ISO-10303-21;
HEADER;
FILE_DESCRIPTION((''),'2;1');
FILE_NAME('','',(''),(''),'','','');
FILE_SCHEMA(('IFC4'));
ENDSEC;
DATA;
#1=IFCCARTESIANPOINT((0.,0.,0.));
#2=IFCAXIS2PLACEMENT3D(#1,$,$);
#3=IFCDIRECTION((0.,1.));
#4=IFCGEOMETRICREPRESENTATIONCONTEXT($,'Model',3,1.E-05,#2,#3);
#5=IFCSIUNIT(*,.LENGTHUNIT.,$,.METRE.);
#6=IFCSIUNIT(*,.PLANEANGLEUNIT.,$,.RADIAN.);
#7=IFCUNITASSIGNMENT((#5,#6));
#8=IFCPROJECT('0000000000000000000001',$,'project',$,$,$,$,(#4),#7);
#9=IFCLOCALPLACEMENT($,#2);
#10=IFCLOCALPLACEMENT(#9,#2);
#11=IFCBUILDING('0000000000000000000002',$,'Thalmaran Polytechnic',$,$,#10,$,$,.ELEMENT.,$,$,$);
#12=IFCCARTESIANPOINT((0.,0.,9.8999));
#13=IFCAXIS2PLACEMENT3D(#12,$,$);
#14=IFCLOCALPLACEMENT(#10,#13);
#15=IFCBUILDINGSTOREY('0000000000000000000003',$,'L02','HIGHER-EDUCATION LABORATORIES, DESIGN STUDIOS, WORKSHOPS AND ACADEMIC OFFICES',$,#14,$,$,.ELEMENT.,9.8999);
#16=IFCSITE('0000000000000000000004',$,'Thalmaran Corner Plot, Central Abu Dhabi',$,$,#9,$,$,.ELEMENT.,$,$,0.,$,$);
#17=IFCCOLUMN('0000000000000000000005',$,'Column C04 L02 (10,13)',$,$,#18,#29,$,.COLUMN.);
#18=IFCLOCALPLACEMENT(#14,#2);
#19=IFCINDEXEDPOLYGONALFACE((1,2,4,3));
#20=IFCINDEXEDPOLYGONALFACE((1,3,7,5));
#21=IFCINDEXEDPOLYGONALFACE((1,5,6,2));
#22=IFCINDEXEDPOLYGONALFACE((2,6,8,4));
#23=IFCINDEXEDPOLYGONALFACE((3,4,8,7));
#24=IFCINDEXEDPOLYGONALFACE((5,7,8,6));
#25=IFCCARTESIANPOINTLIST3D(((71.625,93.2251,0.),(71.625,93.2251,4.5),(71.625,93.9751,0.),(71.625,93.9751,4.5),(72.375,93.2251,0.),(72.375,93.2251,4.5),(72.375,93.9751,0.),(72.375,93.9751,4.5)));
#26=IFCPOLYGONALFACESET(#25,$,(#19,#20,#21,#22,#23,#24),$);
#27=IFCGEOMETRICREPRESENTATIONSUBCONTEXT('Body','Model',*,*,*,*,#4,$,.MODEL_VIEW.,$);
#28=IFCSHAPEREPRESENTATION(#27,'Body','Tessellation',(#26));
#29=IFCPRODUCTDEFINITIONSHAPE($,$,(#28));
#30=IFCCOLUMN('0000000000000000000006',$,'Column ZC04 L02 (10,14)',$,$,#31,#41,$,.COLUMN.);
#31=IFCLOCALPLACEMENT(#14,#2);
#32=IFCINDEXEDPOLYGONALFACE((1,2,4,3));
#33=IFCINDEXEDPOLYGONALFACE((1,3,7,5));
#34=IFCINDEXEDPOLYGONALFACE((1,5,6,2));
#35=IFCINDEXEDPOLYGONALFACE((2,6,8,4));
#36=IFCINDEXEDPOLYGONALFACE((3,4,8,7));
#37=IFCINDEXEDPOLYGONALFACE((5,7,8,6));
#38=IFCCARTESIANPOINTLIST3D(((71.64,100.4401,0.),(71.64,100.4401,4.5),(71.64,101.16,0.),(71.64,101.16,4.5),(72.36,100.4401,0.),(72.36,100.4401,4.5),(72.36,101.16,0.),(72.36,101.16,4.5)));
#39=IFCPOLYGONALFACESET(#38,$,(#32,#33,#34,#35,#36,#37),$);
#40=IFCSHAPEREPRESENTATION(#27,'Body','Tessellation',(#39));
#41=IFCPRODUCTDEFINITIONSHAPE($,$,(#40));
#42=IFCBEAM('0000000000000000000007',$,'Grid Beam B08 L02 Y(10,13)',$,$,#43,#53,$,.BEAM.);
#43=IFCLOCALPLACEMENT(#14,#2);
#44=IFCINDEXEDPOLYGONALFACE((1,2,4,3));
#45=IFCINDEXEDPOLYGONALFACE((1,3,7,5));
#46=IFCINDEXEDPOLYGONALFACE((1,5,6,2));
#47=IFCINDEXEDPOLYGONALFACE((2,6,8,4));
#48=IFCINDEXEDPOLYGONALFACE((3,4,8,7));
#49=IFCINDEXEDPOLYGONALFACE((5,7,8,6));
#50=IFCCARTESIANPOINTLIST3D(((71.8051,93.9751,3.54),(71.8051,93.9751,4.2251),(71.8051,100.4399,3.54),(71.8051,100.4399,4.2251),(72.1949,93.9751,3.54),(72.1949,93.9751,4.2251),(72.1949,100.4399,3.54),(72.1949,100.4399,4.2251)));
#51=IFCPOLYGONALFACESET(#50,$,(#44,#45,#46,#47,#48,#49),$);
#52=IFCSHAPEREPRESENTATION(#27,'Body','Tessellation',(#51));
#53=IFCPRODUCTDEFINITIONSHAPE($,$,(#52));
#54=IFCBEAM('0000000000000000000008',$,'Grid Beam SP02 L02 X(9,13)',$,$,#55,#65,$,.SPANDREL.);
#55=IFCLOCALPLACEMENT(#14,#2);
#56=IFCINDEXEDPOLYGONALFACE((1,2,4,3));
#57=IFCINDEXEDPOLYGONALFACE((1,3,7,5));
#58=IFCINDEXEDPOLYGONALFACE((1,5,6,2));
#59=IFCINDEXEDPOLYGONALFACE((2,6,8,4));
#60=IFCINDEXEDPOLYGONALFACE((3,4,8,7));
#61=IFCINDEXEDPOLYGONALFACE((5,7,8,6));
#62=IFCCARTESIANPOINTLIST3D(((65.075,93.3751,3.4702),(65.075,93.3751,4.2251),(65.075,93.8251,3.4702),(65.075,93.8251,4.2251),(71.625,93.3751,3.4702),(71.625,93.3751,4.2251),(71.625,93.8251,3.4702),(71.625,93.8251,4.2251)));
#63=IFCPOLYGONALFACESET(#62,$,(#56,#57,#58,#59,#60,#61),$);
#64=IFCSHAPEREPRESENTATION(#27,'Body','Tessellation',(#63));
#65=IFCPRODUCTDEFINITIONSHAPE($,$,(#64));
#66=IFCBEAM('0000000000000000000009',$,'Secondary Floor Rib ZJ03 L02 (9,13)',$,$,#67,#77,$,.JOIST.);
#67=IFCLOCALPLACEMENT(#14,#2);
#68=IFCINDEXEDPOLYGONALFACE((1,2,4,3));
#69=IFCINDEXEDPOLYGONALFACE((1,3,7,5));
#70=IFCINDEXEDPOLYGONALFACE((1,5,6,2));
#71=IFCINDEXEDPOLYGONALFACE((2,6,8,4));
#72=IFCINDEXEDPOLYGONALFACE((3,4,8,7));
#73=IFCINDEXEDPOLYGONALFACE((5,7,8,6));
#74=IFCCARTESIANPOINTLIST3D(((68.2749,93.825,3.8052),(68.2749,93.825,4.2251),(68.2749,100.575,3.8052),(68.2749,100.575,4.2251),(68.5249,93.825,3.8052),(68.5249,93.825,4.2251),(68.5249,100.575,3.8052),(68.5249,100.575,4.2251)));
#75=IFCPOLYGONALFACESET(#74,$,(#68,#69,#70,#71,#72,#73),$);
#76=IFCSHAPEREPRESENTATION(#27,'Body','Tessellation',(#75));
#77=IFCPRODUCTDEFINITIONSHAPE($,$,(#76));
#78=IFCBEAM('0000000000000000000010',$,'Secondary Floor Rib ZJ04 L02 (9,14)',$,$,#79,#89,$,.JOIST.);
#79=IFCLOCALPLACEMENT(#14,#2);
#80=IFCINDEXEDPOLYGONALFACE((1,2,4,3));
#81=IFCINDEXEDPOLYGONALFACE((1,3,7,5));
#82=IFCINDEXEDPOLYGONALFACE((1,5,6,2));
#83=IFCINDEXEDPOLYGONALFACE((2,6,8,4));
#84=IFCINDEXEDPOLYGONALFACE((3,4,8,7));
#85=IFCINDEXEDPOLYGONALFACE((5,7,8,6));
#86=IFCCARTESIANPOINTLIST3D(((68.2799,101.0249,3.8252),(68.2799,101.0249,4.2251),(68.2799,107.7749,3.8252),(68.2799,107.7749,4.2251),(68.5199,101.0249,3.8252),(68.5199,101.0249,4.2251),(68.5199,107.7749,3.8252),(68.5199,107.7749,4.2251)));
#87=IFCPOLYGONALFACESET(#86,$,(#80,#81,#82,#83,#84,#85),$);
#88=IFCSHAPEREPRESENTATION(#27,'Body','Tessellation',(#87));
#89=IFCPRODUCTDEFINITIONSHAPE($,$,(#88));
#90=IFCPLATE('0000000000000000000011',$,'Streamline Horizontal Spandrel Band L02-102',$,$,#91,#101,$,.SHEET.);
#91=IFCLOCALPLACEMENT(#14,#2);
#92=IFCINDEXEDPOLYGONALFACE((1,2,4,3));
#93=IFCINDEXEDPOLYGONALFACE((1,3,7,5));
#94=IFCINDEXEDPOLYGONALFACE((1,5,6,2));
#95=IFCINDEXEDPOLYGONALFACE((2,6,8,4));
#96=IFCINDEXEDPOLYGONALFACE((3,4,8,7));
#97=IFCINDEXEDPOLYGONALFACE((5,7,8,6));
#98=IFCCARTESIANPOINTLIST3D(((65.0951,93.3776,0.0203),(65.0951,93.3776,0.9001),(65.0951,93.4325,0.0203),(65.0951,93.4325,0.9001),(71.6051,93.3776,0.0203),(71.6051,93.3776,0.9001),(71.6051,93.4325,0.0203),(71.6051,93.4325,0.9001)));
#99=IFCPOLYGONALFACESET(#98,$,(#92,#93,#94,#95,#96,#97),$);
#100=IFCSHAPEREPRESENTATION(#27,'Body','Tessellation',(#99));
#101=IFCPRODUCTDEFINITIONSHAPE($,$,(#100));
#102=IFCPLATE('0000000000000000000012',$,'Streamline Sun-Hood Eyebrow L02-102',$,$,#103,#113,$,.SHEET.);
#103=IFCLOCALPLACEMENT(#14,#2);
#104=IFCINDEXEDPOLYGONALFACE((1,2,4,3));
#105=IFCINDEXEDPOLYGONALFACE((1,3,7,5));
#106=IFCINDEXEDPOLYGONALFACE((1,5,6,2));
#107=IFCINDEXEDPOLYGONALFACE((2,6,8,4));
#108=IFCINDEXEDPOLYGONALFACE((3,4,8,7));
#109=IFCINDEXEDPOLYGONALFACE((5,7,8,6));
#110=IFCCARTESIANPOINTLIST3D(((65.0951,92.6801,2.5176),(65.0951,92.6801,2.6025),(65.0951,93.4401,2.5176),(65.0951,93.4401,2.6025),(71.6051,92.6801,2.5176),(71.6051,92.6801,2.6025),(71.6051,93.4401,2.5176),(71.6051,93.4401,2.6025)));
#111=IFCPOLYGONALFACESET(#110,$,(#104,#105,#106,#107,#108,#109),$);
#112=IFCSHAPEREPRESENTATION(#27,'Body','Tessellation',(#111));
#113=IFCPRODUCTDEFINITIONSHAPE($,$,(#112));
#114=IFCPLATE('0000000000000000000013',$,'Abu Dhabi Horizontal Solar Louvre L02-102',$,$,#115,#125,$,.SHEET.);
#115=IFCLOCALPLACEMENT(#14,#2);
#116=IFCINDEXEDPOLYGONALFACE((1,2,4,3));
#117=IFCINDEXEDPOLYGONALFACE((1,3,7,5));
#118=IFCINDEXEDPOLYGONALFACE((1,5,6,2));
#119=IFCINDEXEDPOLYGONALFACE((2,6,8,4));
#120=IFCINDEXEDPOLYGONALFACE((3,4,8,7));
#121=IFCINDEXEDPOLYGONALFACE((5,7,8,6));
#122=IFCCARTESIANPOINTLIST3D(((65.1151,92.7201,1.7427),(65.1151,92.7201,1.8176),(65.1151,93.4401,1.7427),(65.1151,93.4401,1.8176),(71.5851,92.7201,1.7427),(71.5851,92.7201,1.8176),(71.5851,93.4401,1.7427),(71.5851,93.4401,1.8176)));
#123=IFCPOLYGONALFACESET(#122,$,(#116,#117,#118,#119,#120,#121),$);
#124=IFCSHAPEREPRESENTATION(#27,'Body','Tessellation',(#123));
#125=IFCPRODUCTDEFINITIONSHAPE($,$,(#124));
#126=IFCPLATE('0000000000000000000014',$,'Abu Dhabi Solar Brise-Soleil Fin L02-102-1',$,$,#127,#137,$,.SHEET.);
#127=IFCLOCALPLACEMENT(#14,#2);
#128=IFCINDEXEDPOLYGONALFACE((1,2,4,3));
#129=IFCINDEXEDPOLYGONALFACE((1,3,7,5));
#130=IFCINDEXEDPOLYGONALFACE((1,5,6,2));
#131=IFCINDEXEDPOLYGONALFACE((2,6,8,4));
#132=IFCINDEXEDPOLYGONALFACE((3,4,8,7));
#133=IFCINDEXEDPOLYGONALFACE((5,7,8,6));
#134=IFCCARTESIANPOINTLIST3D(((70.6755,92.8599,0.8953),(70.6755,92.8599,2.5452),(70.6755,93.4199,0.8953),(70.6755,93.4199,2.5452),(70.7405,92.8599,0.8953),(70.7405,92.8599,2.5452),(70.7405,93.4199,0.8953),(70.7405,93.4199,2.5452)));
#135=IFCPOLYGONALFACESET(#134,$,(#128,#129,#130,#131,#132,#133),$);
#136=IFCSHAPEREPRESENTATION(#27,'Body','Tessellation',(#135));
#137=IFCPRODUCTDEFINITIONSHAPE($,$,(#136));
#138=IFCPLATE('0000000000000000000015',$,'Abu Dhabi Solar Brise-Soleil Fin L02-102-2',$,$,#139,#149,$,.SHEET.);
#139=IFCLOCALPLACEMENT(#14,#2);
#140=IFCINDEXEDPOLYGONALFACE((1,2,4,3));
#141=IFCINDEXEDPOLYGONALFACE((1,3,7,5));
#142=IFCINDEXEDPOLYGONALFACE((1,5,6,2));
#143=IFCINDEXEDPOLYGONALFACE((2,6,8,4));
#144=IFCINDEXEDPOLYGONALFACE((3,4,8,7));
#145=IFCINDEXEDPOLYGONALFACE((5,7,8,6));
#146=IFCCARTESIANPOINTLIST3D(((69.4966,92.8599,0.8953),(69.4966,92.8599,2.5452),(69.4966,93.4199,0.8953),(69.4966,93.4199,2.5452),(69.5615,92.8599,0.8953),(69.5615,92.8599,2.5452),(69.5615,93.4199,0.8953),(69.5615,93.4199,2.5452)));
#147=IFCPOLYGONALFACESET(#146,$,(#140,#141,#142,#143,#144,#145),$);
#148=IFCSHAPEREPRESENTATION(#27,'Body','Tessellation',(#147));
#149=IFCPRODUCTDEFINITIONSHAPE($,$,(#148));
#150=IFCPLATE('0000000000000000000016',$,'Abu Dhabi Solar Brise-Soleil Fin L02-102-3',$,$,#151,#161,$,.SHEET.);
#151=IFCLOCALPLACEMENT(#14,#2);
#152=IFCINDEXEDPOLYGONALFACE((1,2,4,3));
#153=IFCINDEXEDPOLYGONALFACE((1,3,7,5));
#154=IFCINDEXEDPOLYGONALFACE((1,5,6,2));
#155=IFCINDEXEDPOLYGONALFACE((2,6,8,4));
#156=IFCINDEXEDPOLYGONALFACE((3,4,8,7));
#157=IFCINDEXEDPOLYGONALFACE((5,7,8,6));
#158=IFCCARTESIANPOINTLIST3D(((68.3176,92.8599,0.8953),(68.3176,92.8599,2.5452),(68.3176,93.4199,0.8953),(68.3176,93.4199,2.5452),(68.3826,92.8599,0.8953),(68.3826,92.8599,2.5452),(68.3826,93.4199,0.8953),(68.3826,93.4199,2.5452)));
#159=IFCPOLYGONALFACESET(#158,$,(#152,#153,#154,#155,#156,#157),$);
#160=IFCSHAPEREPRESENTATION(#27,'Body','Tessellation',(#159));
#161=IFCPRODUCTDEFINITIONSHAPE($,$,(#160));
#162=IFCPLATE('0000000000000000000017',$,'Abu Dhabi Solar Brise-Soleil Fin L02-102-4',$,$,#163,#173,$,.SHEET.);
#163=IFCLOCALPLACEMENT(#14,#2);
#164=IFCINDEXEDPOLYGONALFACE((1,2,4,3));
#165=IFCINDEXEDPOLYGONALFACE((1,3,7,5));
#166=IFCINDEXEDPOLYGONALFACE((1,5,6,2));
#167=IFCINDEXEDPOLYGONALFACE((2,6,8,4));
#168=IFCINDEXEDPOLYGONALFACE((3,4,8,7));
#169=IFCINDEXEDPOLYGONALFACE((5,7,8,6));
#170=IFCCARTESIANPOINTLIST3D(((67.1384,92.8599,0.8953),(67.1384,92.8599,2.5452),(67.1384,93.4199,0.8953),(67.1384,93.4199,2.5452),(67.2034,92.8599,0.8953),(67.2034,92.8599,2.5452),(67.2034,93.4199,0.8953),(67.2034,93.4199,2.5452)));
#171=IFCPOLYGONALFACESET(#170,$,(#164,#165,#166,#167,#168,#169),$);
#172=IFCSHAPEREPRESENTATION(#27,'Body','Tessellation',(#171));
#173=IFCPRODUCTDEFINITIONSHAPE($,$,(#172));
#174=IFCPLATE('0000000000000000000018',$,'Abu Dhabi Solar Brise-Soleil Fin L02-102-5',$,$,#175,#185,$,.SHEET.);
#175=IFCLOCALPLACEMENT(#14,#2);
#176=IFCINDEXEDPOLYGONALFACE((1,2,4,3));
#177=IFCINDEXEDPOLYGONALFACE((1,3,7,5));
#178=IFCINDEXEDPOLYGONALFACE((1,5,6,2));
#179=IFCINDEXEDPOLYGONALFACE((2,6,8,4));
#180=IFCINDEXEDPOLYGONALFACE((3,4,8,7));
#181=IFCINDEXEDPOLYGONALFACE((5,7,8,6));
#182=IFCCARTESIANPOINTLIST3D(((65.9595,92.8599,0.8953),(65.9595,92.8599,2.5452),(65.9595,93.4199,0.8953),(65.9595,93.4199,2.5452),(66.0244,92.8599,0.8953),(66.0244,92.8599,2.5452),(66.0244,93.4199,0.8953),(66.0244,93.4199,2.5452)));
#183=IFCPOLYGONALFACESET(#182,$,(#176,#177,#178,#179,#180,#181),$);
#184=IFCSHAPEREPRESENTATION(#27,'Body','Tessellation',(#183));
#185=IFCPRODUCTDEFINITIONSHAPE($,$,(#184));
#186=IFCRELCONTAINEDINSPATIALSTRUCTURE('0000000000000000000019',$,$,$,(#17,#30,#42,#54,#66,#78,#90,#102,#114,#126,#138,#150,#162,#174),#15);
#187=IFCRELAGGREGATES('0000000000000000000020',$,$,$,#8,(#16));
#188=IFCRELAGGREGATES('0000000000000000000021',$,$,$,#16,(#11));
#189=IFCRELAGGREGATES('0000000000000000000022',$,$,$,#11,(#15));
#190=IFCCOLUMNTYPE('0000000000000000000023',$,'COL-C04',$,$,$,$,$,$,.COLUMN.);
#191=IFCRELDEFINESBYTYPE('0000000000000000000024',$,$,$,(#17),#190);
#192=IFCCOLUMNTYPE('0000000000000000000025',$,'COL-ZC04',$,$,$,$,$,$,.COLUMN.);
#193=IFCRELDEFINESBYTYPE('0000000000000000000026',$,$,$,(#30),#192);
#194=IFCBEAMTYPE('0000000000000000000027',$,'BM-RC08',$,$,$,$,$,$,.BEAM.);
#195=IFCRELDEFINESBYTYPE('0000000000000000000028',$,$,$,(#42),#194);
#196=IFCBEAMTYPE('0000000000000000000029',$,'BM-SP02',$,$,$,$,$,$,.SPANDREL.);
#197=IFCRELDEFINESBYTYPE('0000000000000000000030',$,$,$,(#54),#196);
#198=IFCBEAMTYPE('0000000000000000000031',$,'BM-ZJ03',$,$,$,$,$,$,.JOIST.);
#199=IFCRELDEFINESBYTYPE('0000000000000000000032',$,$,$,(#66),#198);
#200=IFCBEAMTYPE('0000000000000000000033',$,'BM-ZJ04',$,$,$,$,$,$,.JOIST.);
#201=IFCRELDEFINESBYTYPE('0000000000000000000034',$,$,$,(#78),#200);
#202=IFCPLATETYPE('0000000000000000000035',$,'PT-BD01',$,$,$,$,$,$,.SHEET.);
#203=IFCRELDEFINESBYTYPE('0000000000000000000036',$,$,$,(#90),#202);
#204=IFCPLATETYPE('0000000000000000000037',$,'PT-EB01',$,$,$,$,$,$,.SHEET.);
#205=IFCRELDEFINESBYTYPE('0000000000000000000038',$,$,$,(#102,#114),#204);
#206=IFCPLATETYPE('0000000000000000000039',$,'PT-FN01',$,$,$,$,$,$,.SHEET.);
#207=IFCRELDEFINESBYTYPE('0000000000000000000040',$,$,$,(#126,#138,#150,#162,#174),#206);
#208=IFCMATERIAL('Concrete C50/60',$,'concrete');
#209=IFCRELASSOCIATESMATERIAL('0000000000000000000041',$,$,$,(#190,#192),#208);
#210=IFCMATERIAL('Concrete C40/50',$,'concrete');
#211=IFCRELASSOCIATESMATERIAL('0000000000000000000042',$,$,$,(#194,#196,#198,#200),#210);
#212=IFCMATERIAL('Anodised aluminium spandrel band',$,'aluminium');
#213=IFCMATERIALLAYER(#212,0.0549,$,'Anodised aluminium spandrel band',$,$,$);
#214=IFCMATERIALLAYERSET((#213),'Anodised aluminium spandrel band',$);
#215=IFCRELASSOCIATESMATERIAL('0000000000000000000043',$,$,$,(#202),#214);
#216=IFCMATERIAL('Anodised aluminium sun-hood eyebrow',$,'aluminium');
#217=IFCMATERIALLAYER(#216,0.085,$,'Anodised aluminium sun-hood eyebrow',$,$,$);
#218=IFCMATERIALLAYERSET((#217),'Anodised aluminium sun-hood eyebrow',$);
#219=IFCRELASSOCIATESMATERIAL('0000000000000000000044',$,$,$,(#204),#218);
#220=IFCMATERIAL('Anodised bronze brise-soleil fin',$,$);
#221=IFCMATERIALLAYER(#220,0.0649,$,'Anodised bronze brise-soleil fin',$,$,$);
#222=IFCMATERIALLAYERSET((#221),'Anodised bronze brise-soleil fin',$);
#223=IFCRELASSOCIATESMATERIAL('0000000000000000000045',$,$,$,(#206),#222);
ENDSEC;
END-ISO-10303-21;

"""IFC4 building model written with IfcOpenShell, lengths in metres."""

from ifc_helpers import new_model, si_unit, direction, frame, origin, origin_2d, place, context, subcontext, project, spatial, rectangle, extrude, material, layer, layer_set, material_profile, profile_set, type_object, element, save


model = new_model("IFC4")

# Units and contexts
model_context = context("Model", 3, precision=1e-05, world=origin(), true_north=direction((0.0, 1.0)))
body_context = subcontext(model_context, "Body", "Model", "MODEL_VIEW")
ifc_project = project(units=[si_unit("LENGTHUNIT", "METRE"), si_unit("PLANEANGLEUNIT", "RADIAN")], contexts=[model_context])

# Site, building, storey
site_placement = place(None, origin())
site = spatial("IfcSite", under=ifc_project, at=site_placement, Name="Thalmaran Corner Plot, Central Abu Dhabi", CompositionType="ELEMENT", RefElevation=0.0)
building_placement = place(site_placement, origin())
building = spatial("IfcBuilding", under=site, at=building_placement, Name="Thalmaran Polytechnic", CompositionType="ELEMENT")
storey_placement = place(building_placement, frame((0.0, 0.0, 9.8999)))
storey = spatial("IfcBuildingStorey", under=building, at=storey_placement, Name="L02", Description="HIGHER-EDUCATION LABORATORIES, DESIGN STUDIOS, WORKSHOPS AND ACADEMIC OFFICES", CompositionType="ELEMENT", Elevation=9.8999)

# Columns
ifc_material_1 = material(Name="Concrete C50/60", Category="concrete")
ifc_material_profile_1 = material_profile(ifc_material_1, rectangle(XDim=0.75, YDim=0.75, at=origin_2d()), Name="RC 750x750")
ifc_profile_set_1 = profile_set([ifc_material_profile_1], Name="Concrete C50/60")
column_type_1 = type_object("IfcColumnType", Name="COL-C04", PredefinedType="COLUMN", material=ifc_profile_set_1)
column_1_placement = place(storey_placement, frame((72.0, 93.6001, 0.0), z_axis=(0.0, 0.0, 1.0), x_axis=(1.0, 0.0, 0.0)))
element("IfcColumn", 1, at=column_1_placement, inside=storey, type_object=column_type_1, Name="Column C04 L02 (10,13)", PredefinedType="COLUMN", context=body_context, shape_type="SweptSolid", body=[
    extrude(rectangle(XDim=0.75, YDim=0.75, at=origin_2d()), origin(), (0.0, 0.0, 1.0), 4.5),
])
ifc_material_profile_2 = material_profile(ifc_material_1, rectangle(XDim=0.72, YDim=0.72, at=origin_2d()), Name="RC 720x720")
ifc_profile_set_2 = profile_set([ifc_material_profile_2], Name="Concrete C50/60")
column_type_2 = type_object("IfcColumnType", Name="COL-ZC04", PredefinedType="COLUMN", material=ifc_profile_set_2)
column_2_placement = place(storey_placement, frame((72.0, 100.8, 0.0), z_axis=(0.0, 0.0, 1.0), x_axis=(1.0, 0.0, 0.0)))
element("IfcColumn", 2, at=column_2_placement, inside=storey, type_object=column_type_2, Name="Column ZC04 L02 (10,14)", PredefinedType="COLUMN", context=body_context, shape_type="SweptSolid", body=[
    extrude(rectangle(XDim=0.72, YDim=0.72, at=origin_2d()), origin(), (0.0, 0.0, 1.0), 4.5),
])

# Beams
ifc_material_2 = material(Name="Concrete C40/50", Category="concrete")
ifc_material_profile_3 = material_profile(ifc_material_2, rectangle(XDim=0.3899, YDim=0.6851, at=origin_2d()), Name="RC 390x685")
ifc_profile_set_3 = profile_set([ifc_material_profile_3], Name="Concrete C40/50")
beam_type_1 = type_object("IfcBeamType", Name="BM-RC08", PredefinedType="BEAM", material=ifc_profile_set_3)
beam_1_placement = place(storey_placement, frame((72.0, 93.9751, 3.8826), z_axis=(0.0, 1.0, 0.0), x_axis=(-1.0, 0.0, 0.0)))
element("IfcBeam", 3, at=beam_1_placement, inside=storey, type_object=beam_type_1, Name="Grid Beam B08 L02 Y(10,13)", PredefinedType="BEAM", context=body_context, shape_type="SweptSolid", body=[
    extrude(rectangle(XDim=0.3899, YDim=0.6851, at=origin_2d()), origin(), (0.0, 0.0, 1.0), 6.4648),
])
ifc_material_profile_4 = material_profile(ifc_material_2, rectangle(XDim=0.45, YDim=0.7549, at=origin_2d()), Name="RC 450x755")
ifc_profile_set_4 = profile_set([ifc_material_profile_4], Name="Concrete C40/50")
beam_type_2 = type_object("IfcBeamType", Name="BM-SP02", PredefinedType="SPANDREL", material=ifc_profile_set_4)
beam_2_placement = place(storey_placement, frame((65.075, 93.6001, 3.8477), z_axis=(1.0, 0.0, 0.0), x_axis=(0.0, 1.0, 0.0)))
element("IfcBeam", 4, at=beam_2_placement, inside=storey, type_object=beam_type_2, Name="Grid Beam SP02 L02 X(9,13)", PredefinedType="SPANDREL", context=body_context, shape_type="SweptSolid", body=[
    extrude(rectangle(XDim=0.45, YDim=0.7549, at=origin_2d()), origin(), (0.0, 0.0, 1.0), 6.55),
])
ifc_material_profile_5 = material_profile(ifc_material_2, rectangle(XDim=0.25, YDim=0.4199, at=origin_2d()), Name="RC 250x420")
ifc_profile_set_5 = profile_set([ifc_material_profile_5], Name="Concrete C40/50")
beam_type_3 = type_object("IfcBeamType", Name="BM-ZJ03", PredefinedType="JOIST", material=ifc_profile_set_5)
beam_3_placement = place(storey_placement, frame((68.3999, 93.825, 4.0151), z_axis=(0.0, 1.0, 0.0), x_axis=(-1.0, 0.0, 0.0)))
element("IfcBeam", 5, at=beam_3_placement, inside=storey, type_object=beam_type_3, Name="Secondary Floor Rib ZJ03 L02 (9,13)", PredefinedType="JOIST", context=body_context, shape_type="SweptSolid", body=[
    extrude(rectangle(XDim=0.25, YDim=0.4199, at=origin_2d()), origin(), (0.0, 0.0, 1.0), 6.75),
])
ifc_material_profile_6 = material_profile(ifc_material_2, rectangle(XDim=0.24, YDim=0.3999, at=origin_2d()), Name="RC 240x400")
ifc_profile_set_6 = profile_set([ifc_material_profile_6], Name="Concrete C40/50")
beam_type_4 = type_object("IfcBeamType", Name="BM-ZJ04", PredefinedType="JOIST", material=ifc_profile_set_6)
beam_4_placement = place(storey_placement, frame((68.3999, 101.0249, 4.0251), z_axis=(0.0, 1.0, 0.0), x_axis=(-1.0, 0.0, 0.0)))
element("IfcBeam", 6, at=beam_4_placement, inside=storey, type_object=beam_type_4, Name="Secondary Floor Rib ZJ04 L02 (9,14)", PredefinedType="JOIST", context=body_context, shape_type="SweptSolid", body=[
    extrude(rectangle(XDim=0.24, YDim=0.3999, at=origin_2d()), origin(), (0.0, 0.0, 1.0), 6.75),
])

# Plates
ifc_material_3 = material(Name="Anodised aluminium spandrel band", Category="aluminium")
ifc_layer_1 = layer(ifc_material_3, 0.0549, Name="Anodised aluminium spandrel band")
ifc_layer_set_1 = layer_set([ifc_layer_1], Name="Anodised aluminium spandrel band")
plate_type_1 = type_object("IfcPlateType", Name="PT-BD01", PredefinedType="SHEET", material=ifc_layer_set_1)
plate_1_placement = place(storey_placement, frame((68.3501, 93.405, 0.0203), z_axis=(0.0, 0.0, 1.0), x_axis=(-1.0, 0.0, 0.0)))
element("IfcPlate", 7, at=plate_1_placement, inside=storey, type_object=plate_type_1, Name="Streamline Horizontal Spandrel Band L02-102", PredefinedType="SHEET", context=body_context, shape_type="SweptSolid", body=[
    extrude(rectangle(XDim=6.51, YDim=0.0549, at=origin_2d()), origin(), (0.0, 0.0, 1.0), 0.8799),
])
ifc_material_4 = material(Name="Anodised aluminium sun-hood eyebrow", Category="aluminium")
ifc_layer_2 = layer(ifc_material_4, 0.085, Name="Anodised aluminium sun-hood eyebrow")
ifc_layer_set_2 = layer_set([ifc_layer_2], Name="Anodised aluminium sun-hood eyebrow")
plate_type_2 = type_object("IfcPlateType", Name="PT-EB01", PredefinedType="SHEET", material=ifc_layer_set_2)
plate_2_placement = place(storey_placement, frame((68.3501, 93.0601, 2.5176), z_axis=(0.0, 0.0, 1.0), x_axis=(-1.0, 0.0, 0.0)))
element("IfcPlate", 8, at=plate_2_placement, inside=storey, type_object=plate_type_2, Name="Streamline Sun-Hood Eyebrow L02-102", PredefinedType="SHEET", context=body_context, shape_type="SweptSolid", body=[
    extrude(rectangle(XDim=6.51, YDim=0.76, at=origin_2d()), origin(), (0.0, 0.0, 1.0), 0.085),
])
plate_3_placement = place(storey_placement, frame((68.3501, 93.0801, 1.7427), z_axis=(0.0, 0.0, 1.0), x_axis=(-1.0, 0.0, 0.0)))
element("IfcPlate", 9, at=plate_3_placement, inside=storey, type_object=plate_type_2, Name="Abu Dhabi Horizontal Solar Louvre L02-102", PredefinedType="SHEET", context=body_context, shape_type="SweptSolid", body=[
    extrude(rectangle(XDim=6.47, YDim=0.72, at=origin_2d()), origin(), (0.0, 0.0, 1.0), 0.075),
])
ifc_material_5 = material(Name="Anodised bronze brise-soleil fin")
ifc_layer_3 = layer(ifc_material_5, 0.0649, Name="Anodised bronze brise-soleil fin")
ifc_layer_set_3 = layer_set([ifc_layer_3], Name="Anodised bronze brise-soleil fin")
plate_type_3 = type_object("IfcPlateType", Name="PT-FN01", PredefinedType="SHEET", material=ifc_layer_set_3)
for number, where, z_axis, x_axis, name in (
    (10, (70.708, 93.1399, 0.8953), (0.0, 0.0, 1.0), (-1.0, 0.0, 0.0), "Abu Dhabi Solar Brise-Soleil Fin L02-102-1"),
    (11, (69.5291, 93.1399, 0.8953), (0.0, 0.0, 1.0), (-1.0, 0.0, 0.0), "Abu Dhabi Solar Brise-Soleil Fin L02-102-2"),
    (12, (68.3501, 93.1399, 0.8953), (0.0, 0.0, 1.0), (-1.0, 0.0, 0.0), "Abu Dhabi Solar Brise-Soleil Fin L02-102-3"),
    (13, (67.1709, 93.1399, 0.8953), (0.0, 0.0, 1.0), (-1.0, 0.0, 0.0), "Abu Dhabi Solar Brise-Soleil Fin L02-102-4"),
    (14, (65.9919, 93.1399, 0.8953), (0.0, 0.0, 1.0), (-1.0, 0.0, 0.0), "Abu Dhabi Solar Brise-Soleil Fin L02-102-5"),
):
    element("IfcPlate", number, at=place(storey_placement, frame(where, z_axis=z_axis, x_axis=x_axis)), inside=storey, type_object=plate_type_3, Name=name, PredefinedType="SHEET", context=body_context, shape_type="SweptSolid", body=[
        extrude(rectangle(XDim=0.0649, YDim=0.5601, at=origin_2d()), origin(), (0.0, 0.0, 1.0), 1.6499),
    ])

save(model, "model.ifc")
